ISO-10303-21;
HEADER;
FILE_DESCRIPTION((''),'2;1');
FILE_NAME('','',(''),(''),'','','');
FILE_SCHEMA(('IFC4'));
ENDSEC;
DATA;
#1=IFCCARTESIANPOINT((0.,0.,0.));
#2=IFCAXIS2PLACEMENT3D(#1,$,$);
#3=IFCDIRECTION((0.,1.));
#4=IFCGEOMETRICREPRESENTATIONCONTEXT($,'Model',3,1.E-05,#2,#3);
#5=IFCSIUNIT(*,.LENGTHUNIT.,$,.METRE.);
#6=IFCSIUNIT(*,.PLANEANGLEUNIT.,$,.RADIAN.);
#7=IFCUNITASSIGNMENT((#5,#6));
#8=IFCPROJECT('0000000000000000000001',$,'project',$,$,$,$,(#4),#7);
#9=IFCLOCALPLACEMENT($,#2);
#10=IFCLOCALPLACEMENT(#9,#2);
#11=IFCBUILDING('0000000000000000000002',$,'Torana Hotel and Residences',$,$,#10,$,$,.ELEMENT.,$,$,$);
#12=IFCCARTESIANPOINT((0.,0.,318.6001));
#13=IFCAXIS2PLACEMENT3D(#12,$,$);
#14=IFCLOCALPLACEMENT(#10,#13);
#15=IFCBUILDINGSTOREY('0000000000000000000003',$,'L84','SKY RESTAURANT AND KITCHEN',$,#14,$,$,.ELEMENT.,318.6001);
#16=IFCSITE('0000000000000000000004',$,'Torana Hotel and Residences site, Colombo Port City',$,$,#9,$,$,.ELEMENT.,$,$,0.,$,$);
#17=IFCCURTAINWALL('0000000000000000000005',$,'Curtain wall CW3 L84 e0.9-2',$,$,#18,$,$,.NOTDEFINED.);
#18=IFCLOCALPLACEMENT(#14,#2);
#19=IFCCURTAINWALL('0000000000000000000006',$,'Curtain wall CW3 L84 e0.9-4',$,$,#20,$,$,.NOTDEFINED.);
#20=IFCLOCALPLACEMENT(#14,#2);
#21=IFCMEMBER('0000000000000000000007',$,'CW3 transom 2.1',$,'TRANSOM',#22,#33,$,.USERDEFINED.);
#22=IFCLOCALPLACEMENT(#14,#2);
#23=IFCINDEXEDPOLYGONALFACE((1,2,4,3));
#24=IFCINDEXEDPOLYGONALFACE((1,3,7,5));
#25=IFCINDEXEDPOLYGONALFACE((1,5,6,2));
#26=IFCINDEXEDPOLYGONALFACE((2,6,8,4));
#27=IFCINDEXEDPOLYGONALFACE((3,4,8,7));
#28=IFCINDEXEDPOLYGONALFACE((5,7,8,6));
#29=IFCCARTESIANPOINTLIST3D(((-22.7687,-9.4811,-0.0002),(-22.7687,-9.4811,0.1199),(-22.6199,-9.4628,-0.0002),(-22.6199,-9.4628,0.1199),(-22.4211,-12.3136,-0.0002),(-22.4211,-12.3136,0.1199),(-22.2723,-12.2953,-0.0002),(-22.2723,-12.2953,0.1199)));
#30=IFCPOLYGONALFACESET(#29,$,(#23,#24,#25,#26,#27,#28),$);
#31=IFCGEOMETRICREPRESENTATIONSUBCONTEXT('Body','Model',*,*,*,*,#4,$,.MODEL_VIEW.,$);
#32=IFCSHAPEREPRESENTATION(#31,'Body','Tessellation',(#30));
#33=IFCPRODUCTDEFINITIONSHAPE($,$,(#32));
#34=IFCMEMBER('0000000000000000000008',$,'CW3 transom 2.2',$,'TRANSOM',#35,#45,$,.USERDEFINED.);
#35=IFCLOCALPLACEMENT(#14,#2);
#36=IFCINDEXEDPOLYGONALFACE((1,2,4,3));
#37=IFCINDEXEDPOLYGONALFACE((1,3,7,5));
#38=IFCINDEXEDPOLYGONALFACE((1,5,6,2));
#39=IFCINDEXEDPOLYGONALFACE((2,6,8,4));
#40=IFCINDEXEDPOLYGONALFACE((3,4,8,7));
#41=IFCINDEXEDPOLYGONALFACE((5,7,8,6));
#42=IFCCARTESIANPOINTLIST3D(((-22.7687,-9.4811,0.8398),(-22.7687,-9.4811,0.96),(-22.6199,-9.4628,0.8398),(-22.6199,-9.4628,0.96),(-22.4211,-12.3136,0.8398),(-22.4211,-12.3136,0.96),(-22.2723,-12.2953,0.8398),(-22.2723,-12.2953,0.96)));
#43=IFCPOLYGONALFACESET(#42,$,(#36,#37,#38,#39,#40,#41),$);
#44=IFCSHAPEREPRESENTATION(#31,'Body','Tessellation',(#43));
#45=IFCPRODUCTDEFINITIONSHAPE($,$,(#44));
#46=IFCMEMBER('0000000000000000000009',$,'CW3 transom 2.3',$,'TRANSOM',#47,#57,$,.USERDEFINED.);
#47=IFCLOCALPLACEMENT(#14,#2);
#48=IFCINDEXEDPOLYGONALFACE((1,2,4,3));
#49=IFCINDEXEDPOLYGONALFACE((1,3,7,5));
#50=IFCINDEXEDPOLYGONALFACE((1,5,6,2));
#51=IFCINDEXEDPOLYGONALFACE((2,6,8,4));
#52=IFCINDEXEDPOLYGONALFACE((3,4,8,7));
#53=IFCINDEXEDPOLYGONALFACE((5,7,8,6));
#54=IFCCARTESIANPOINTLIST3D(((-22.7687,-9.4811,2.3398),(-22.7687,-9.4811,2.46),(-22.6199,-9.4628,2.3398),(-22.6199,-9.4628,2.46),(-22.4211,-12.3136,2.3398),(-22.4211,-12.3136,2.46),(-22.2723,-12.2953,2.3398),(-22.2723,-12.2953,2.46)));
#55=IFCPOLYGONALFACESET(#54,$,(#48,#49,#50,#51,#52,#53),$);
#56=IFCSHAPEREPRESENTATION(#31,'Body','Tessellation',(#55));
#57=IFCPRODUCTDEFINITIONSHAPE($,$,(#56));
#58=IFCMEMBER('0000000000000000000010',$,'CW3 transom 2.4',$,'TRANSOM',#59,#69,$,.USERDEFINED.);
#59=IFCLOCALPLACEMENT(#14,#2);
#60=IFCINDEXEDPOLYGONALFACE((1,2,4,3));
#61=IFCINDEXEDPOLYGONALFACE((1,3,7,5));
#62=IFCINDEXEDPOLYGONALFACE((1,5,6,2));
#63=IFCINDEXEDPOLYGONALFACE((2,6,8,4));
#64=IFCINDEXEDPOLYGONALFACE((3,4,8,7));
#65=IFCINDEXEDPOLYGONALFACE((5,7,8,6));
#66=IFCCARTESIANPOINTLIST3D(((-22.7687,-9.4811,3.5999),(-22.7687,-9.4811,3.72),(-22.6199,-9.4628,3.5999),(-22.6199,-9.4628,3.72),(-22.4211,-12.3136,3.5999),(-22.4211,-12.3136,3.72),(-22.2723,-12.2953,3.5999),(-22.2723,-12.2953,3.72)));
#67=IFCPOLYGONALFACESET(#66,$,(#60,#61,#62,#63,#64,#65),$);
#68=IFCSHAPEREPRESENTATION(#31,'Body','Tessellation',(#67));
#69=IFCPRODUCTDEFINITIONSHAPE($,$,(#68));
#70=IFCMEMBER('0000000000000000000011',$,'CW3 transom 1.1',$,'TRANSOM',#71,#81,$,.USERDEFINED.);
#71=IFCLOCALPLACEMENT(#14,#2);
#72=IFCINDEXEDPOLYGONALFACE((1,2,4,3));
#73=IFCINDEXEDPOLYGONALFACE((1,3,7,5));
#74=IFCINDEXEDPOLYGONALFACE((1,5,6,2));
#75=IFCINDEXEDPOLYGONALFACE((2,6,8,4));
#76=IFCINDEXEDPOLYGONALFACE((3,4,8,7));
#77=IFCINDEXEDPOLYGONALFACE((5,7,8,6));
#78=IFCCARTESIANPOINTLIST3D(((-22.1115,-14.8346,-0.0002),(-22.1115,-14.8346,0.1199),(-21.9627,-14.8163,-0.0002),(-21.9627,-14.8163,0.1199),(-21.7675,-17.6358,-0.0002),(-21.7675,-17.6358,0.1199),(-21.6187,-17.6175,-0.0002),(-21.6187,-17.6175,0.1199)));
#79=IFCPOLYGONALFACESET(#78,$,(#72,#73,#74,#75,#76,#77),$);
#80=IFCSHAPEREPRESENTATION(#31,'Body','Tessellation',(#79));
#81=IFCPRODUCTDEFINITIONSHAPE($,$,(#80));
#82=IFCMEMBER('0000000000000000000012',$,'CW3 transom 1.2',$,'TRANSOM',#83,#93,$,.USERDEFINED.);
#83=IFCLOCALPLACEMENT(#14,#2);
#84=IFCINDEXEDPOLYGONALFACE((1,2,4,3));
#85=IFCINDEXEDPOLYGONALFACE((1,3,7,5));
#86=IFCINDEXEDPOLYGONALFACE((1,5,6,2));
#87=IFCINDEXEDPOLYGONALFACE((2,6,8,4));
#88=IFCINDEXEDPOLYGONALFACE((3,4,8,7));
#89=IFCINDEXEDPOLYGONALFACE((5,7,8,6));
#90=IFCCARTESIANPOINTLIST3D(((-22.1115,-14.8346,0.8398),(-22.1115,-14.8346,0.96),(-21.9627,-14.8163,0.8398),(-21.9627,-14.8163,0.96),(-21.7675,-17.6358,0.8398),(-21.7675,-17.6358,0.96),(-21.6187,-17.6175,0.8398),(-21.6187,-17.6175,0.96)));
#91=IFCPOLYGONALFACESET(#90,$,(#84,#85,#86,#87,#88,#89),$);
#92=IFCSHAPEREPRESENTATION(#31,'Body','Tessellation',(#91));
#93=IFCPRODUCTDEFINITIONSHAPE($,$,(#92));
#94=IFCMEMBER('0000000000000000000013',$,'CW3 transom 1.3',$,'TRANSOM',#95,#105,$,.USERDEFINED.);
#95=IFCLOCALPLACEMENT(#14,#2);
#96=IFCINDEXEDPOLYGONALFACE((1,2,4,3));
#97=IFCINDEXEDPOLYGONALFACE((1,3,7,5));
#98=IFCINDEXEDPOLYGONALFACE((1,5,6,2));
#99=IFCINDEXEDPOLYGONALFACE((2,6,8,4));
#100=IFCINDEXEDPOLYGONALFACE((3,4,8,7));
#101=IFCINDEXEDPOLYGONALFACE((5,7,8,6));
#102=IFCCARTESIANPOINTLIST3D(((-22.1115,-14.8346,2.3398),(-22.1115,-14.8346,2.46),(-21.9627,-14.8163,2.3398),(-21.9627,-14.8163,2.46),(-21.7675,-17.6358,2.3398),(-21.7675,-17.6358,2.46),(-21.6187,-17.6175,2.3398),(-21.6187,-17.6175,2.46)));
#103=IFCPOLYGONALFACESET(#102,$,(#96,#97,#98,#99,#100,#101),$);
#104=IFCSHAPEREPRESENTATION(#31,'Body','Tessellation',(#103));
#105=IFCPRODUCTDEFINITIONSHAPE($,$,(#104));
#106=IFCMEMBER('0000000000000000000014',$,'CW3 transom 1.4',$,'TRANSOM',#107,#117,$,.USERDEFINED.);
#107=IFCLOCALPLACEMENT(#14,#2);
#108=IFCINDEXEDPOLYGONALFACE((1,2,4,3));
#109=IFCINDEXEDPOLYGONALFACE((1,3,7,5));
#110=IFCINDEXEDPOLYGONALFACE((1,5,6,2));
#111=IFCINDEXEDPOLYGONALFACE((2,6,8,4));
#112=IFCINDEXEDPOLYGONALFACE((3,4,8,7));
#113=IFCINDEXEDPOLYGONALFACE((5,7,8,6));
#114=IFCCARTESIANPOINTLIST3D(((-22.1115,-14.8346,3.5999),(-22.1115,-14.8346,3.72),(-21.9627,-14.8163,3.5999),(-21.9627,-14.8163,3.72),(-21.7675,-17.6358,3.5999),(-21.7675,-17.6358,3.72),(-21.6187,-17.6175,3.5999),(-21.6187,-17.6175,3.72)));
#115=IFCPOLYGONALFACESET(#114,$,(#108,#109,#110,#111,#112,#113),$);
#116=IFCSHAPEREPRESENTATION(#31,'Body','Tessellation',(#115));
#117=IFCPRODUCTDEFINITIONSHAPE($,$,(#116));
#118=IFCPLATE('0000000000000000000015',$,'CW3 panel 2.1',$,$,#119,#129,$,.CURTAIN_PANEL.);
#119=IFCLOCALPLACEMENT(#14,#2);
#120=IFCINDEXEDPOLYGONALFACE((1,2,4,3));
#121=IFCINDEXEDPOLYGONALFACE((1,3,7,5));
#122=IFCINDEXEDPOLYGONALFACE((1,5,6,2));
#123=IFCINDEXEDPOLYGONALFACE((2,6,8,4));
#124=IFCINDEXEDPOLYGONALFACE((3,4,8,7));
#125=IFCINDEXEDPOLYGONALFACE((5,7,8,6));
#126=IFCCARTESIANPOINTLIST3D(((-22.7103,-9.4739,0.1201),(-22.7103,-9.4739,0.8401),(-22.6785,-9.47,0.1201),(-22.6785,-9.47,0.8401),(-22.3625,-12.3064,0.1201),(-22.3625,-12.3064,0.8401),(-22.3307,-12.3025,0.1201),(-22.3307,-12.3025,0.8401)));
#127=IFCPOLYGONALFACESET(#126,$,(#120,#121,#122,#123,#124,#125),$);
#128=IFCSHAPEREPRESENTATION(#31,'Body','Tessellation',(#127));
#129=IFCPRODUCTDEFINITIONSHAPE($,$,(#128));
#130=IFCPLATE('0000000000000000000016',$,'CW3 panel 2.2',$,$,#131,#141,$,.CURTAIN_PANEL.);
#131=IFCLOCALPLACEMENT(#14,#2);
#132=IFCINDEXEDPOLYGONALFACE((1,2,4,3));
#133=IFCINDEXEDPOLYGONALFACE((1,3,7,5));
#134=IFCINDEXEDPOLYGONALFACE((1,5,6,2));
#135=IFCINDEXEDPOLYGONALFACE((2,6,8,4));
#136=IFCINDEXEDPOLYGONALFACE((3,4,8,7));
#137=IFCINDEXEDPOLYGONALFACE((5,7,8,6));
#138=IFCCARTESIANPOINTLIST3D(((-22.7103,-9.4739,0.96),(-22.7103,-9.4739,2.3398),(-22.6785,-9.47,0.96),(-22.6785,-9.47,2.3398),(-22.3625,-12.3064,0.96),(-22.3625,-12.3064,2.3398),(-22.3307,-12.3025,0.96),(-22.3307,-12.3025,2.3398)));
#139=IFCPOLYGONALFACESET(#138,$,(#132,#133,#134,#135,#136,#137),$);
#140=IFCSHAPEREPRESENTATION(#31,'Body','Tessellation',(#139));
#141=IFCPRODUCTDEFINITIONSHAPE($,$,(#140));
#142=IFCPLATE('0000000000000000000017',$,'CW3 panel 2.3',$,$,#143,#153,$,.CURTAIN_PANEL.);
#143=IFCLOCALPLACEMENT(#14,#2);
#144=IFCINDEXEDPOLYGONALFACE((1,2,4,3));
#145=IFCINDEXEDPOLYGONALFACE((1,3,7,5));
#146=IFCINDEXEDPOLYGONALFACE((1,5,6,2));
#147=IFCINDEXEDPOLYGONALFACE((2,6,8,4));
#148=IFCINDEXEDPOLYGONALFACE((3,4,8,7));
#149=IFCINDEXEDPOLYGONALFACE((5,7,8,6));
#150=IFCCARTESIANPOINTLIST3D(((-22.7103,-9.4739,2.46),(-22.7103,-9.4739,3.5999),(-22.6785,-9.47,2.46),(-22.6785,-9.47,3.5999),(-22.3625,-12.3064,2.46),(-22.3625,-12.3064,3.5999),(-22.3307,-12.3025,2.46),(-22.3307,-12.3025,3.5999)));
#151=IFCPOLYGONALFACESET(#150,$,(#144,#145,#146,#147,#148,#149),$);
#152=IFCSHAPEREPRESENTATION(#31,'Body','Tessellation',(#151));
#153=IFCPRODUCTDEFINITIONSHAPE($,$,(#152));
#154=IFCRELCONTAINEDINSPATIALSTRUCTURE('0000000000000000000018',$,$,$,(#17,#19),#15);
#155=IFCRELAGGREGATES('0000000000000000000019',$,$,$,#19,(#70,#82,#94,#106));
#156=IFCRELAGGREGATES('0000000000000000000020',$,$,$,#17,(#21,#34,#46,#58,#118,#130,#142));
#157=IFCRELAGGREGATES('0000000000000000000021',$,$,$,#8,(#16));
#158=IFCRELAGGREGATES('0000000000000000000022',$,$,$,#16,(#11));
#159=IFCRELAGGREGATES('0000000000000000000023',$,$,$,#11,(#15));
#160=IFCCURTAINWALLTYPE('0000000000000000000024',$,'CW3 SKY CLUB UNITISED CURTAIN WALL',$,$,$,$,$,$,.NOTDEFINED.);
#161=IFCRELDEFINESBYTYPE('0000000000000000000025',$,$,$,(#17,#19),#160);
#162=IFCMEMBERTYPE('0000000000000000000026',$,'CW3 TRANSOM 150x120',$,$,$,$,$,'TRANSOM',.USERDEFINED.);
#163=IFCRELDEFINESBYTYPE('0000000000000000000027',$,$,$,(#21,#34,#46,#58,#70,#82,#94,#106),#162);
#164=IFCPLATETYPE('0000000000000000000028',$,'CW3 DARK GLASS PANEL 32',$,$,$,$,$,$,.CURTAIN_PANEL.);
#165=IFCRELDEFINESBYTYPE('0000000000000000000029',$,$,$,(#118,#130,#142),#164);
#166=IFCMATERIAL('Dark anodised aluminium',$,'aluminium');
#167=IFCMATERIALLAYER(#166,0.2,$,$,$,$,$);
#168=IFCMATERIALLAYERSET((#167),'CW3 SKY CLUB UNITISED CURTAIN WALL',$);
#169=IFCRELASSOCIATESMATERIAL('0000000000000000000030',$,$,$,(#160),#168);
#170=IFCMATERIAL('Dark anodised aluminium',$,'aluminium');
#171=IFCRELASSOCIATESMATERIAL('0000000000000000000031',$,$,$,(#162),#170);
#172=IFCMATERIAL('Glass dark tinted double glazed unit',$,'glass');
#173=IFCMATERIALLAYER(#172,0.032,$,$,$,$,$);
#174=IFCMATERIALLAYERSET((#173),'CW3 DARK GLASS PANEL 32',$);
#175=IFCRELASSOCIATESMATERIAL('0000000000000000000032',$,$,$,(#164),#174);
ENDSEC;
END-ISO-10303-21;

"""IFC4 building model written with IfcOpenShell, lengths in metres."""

from ifc_helpers import new_model, si_unit, direction, frame, origin, origin_2d, place, context, subcontext, project, spatial, rectangle, extrude, material, layer, layer_set, material_profile, profile_set, type_object, element, aggregate, save


model = new_model("IFC4")

# Units and contexts
model_context = context("Model", 3, precision=1e-05, world=origin(), true_north=direction((0.0, 1.0)))
body_context = subcontext(model_context, "Body", "Model", "MODEL_VIEW")
ifc_project = project(units=[si_unit("LENGTHUNIT", "METRE"), si_unit("PLANEANGLEUNIT", "RADIAN")], contexts=[model_context])

# Site, building, storey
site_placement = place(None, origin())
site = spatial("IfcSite", under=ifc_project, at=site_placement, Name="Torana Hotel and Residences site, Colombo Port City", CompositionType="ELEMENT", RefElevation=0.0)
building_placement = place(site_placement, origin())
building = spatial("IfcBuilding", under=site, at=building_placement, Name="Torana Hotel and Residences", CompositionType="ELEMENT")
storey_placement = place(building_placement, frame((0.0, 0.0, 318.6001)))
storey = spatial("IfcBuildingStorey", under=building, at=storey_placement, Name="L84", Description="SKY RESTAURANT AND KITCHEN", CompositionType="ELEMENT", Elevation=318.6001)

# Curtain wall
ifc_material_1 = material(Name="Dark anodised aluminium", Category="aluminium")
ifc_layer_1 = layer(ifc_material_1, 0.2)
ifc_layer_set_1 = layer_set([ifc_layer_1], Name="CW3 SKY CLUB UNITISED CURTAIN WALL")
curtain_wall_type = type_object("IfcCurtainWallType", Name="CW3 SKY CLUB UNITISED CURTAIN WALL", PredefinedType="NOTDEFINED", material=ifc_layer_set_1)
curtain_wall_1_placement = place(storey_placement, origin())
curtain_wall_1 = element("IfcCurtainWall", 1, at=curtain_wall_1_placement, inside=storey, type_object=curtain_wall_type, Name="Curtain wall CW3 L84 e0.9-2", PredefinedType="NOTDEFINED")

# Curtain wall
curtain_wall_2_placement = place(storey_placement, origin())
curtain_wall_2 = element("IfcCurtainWall", 2, at=curtain_wall_2_placement, inside=storey, type_object=curtain_wall_type, Name="Curtain wall CW3 L84 e0.9-4", PredefinedType="NOTDEFINED")

# Members
ifc_material_2 = material(Name="Dark anodised aluminium", Category="aluminium")
ifc_material_profile_1 = material_profile(ifc_material_2, rectangle(XDim=0.1499, YDim=0.1201, at=origin_2d()), Name="CW3 TRANSOM 150x120")
ifc_profile_set_1 = profile_set([ifc_material_profile_1], Name="Dark anodised aluminium")
member_type_1 = type_object("IfcMemberType", Name="CW3 TRANSOM 150x120", ElementType="TRANSOM", PredefinedType="USERDEFINED", material=ifc_profile_set_1)
member_1_placement = place(storey_placement, frame((-22.6943, -9.4719, 0.0598), z_axis=(0.121823, -0.992552, 0.0), x_axis=(0.992552, 0.121823, 0.0)))
member_1 = element("IfcMember", 3, at=member_1_placement, type_object=member_type_1, Name="CW3 transom 2.1", ObjectType="TRANSOM", PredefinedType="USERDEFINED", context=body_context, shape_type="SweptSolid", body=[
    extrude(rectangle(XDim=0.1499, YDim=0.1201, at=origin_2d()), origin(), (0.0, 0.0, 1.0), 2.8538),
])
member_2_placement = place(storey_placement, frame((-22.6943, -9.4719, 0.8999), z_axis=(0.121823, -0.992552, 0.0), x_axis=(0.992552, 0.121823, 0.0)))
member_2 = element("IfcMember", 4, at=member_2_placement, type_object=member_type_1, Name="CW3 transom 2.2", ObjectType="TRANSOM", PredefinedType="USERDEFINED", context=body_context, shape_type="SweptSolid", body=[
    extrude(rectangle(XDim=0.1499, YDim=0.1201, at=origin_2d()), origin(), (0.0, 0.0, 1.0), 2.8538),
])
member_3_placement = place(storey_placement, frame((-22.6943, -9.4719, 2.3999), z_axis=(0.121823, -0.992552, 0.0), x_axis=(0.992552, 0.121823, 0.0)))
member_3 = element("IfcMember", 5, at=member_3_placement, type_object=member_type_1, Name="CW3 transom 2.3", ObjectType="TRANSOM", PredefinedType="USERDEFINED", context=body_context, shape_type="SweptSolid", body=[
    extrude(rectangle(XDim=0.1499, YDim=0.1201, at=origin_2d()), origin(), (0.0, 0.0, 1.0), 2.8538),
])
member_4_placement = place(storey_placement, frame((-22.6943, -9.4719, 3.6599), z_axis=(0.121823, -0.992552, 0.0), x_axis=(0.992552, 0.121823, 0.0)))
member_4 = element("IfcMember", 6, at=member_4_placement, type_object=member_type_1, Name="CW3 transom 2.4", ObjectType="TRANSOM", PredefinedType="USERDEFINED", context=body_context, shape_type="SweptSolid", body=[
    extrude(rectangle(XDim=0.1499, YDim=0.1201, at=origin_2d()), origin(), (0.0, 0.0, 1.0), 2.8538),
])
member_5_placement = place(storey_placement, frame((-22.0371, -14.8254, 0.0598), z_axis=(0.121884, -0.992544, 0.0), x_axis=(0.992544, 0.121884, 0.0)))
member_5 = element("IfcMember", 7, at=member_5_placement, type_object=member_type_1, Name="CW3 transom 1.1", ObjectType="TRANSOM", PredefinedType="USERDEFINED", context=body_context, shape_type="SweptSolid", body=[
    extrude(rectangle(XDim=0.1499, YDim=0.1201, at=origin_2d()), origin(), (0.0, 0.0, 1.0), 2.8223),
])
member_6_placement = place(storey_placement, frame((-22.0371, -14.8254, 0.8999), z_axis=(0.121884, -0.992544, 0.0), x_axis=(0.992544, 0.121884, 0.0)))
member_6 = element("IfcMember", 8, at=member_6_placement, type_object=member_type_1, Name="CW3 transom 1.2", ObjectType="TRANSOM", PredefinedType="USERDEFINED", context=body_context, shape_type="SweptSolid", body=[
    extrude(rectangle(XDim=0.1499, YDim=0.1201, at=origin_2d()), origin(), (0.0, 0.0, 1.0), 2.8223),
])
member_7_placement = place(storey_placement, frame((-22.0371, -14.8254, 2.3999), z_axis=(0.121884, -0.992544, 0.0), x_axis=(0.992544, 0.121884, 0.0)))
member_7 = element("IfcMember", 9, at=member_7_placement, type_object=member_type_1, Name="CW3 transom 1.3", ObjectType="TRANSOM", PredefinedType="USERDEFINED", context=body_context, shape_type="SweptSolid", body=[
    extrude(rectangle(XDim=0.1499, YDim=0.1201, at=origin_2d()), origin(), (0.0, 0.0, 1.0), 2.8223),
])
member_8_placement = place(storey_placement, frame((-22.0371, -14.8254, 3.6599), z_axis=(0.121884, -0.992544, 0.0), x_axis=(0.992544, 0.121884, 0.0)))
member_8 = element("IfcMember", 10, at=member_8_placement, type_object=member_type_1, Name="CW3 transom 1.4", ObjectType="TRANSOM", PredefinedType="USERDEFINED", context=body_context, shape_type="SweptSolid", body=[
    extrude(rectangle(XDim=0.1499, YDim=0.1201, at=origin_2d()), origin(), (0.0, 0.0, 1.0), 2.8223),
])
aggregate(curtain_wall_2, [member_5, member_6, member_7, member_8])

# Plates
ifc_material_3 = material(Name="Glass dark tinted double glazed unit", Category="glass")
ifc_layer_2 = layer(ifc_material_3, 0.032)
ifc_layer_set_2 = layer_set([ifc_layer_2], Name="CW3 DARK GLASS PANEL 32")
plate_type = type_object("IfcPlateType", Name="CW3 DARK GLASS PANEL 32", PredefinedType="CURTAIN_PANEL", material=ifc_layer_set_2)
plate_1_placement = place(storey_placement, frame((-22.5205, -10.8882, 0.1201), z_axis=(0.0, 0.0, 1.0), x_axis=(0.121876, -0.992545, 0.0)))
plate_1 = element("IfcPlate", 11, at=plate_1_placement, type_object=plate_type, Name="CW3 panel 2.1", PredefinedType="CURTAIN_PANEL", context=body_context, shape_type="SweptSolid", body=[
    extrude(rectangle(XDim=2.8538, YDim=0.032, at=origin_2d()), origin(), (0.0, 0.0, 1.0), 0.72),
])
plate_2_placement = place(storey_placement, frame((-22.5205, -10.8882, 0.96), z_axis=(0.0, 0.0, 1.0), x_axis=(0.121876, -0.992545, 0.0)))
plate_2 = element("IfcPlate", 12, at=plate_2_placement, type_object=plate_type, Name="CW3 panel 2.2", PredefinedType="CURTAIN_PANEL", context=body_context, shape_type="SweptSolid", body=[
    extrude(rectangle(XDim=2.8538, YDim=0.032, at=origin_2d()), origin(), (0.0, 0.0, 1.0), 1.3799),
])
plate_3_placement = place(storey_placement, frame((-22.5205, -10.8882, 2.46), z_axis=(0.0, 0.0, 1.0), x_axis=(0.121876, -0.992545, 0.0)))
plate_3 = element("IfcPlate", 13, at=plate_3_placement, type_object=plate_type, Name="CW3 panel 2.3", PredefinedType="CURTAIN_PANEL", context=body_context, shape_type="SweptSolid", body=[
    extrude(rectangle(XDim=2.8538, YDim=0.032, at=origin_2d()), origin(), (0.0, 0.0, 1.0), 1.1399),
])
aggregate(curtain_wall_1, [member_1, member_2, member_3, member_4, plate_1, plate_2, plate_3])

save(model, "model.ifc")
